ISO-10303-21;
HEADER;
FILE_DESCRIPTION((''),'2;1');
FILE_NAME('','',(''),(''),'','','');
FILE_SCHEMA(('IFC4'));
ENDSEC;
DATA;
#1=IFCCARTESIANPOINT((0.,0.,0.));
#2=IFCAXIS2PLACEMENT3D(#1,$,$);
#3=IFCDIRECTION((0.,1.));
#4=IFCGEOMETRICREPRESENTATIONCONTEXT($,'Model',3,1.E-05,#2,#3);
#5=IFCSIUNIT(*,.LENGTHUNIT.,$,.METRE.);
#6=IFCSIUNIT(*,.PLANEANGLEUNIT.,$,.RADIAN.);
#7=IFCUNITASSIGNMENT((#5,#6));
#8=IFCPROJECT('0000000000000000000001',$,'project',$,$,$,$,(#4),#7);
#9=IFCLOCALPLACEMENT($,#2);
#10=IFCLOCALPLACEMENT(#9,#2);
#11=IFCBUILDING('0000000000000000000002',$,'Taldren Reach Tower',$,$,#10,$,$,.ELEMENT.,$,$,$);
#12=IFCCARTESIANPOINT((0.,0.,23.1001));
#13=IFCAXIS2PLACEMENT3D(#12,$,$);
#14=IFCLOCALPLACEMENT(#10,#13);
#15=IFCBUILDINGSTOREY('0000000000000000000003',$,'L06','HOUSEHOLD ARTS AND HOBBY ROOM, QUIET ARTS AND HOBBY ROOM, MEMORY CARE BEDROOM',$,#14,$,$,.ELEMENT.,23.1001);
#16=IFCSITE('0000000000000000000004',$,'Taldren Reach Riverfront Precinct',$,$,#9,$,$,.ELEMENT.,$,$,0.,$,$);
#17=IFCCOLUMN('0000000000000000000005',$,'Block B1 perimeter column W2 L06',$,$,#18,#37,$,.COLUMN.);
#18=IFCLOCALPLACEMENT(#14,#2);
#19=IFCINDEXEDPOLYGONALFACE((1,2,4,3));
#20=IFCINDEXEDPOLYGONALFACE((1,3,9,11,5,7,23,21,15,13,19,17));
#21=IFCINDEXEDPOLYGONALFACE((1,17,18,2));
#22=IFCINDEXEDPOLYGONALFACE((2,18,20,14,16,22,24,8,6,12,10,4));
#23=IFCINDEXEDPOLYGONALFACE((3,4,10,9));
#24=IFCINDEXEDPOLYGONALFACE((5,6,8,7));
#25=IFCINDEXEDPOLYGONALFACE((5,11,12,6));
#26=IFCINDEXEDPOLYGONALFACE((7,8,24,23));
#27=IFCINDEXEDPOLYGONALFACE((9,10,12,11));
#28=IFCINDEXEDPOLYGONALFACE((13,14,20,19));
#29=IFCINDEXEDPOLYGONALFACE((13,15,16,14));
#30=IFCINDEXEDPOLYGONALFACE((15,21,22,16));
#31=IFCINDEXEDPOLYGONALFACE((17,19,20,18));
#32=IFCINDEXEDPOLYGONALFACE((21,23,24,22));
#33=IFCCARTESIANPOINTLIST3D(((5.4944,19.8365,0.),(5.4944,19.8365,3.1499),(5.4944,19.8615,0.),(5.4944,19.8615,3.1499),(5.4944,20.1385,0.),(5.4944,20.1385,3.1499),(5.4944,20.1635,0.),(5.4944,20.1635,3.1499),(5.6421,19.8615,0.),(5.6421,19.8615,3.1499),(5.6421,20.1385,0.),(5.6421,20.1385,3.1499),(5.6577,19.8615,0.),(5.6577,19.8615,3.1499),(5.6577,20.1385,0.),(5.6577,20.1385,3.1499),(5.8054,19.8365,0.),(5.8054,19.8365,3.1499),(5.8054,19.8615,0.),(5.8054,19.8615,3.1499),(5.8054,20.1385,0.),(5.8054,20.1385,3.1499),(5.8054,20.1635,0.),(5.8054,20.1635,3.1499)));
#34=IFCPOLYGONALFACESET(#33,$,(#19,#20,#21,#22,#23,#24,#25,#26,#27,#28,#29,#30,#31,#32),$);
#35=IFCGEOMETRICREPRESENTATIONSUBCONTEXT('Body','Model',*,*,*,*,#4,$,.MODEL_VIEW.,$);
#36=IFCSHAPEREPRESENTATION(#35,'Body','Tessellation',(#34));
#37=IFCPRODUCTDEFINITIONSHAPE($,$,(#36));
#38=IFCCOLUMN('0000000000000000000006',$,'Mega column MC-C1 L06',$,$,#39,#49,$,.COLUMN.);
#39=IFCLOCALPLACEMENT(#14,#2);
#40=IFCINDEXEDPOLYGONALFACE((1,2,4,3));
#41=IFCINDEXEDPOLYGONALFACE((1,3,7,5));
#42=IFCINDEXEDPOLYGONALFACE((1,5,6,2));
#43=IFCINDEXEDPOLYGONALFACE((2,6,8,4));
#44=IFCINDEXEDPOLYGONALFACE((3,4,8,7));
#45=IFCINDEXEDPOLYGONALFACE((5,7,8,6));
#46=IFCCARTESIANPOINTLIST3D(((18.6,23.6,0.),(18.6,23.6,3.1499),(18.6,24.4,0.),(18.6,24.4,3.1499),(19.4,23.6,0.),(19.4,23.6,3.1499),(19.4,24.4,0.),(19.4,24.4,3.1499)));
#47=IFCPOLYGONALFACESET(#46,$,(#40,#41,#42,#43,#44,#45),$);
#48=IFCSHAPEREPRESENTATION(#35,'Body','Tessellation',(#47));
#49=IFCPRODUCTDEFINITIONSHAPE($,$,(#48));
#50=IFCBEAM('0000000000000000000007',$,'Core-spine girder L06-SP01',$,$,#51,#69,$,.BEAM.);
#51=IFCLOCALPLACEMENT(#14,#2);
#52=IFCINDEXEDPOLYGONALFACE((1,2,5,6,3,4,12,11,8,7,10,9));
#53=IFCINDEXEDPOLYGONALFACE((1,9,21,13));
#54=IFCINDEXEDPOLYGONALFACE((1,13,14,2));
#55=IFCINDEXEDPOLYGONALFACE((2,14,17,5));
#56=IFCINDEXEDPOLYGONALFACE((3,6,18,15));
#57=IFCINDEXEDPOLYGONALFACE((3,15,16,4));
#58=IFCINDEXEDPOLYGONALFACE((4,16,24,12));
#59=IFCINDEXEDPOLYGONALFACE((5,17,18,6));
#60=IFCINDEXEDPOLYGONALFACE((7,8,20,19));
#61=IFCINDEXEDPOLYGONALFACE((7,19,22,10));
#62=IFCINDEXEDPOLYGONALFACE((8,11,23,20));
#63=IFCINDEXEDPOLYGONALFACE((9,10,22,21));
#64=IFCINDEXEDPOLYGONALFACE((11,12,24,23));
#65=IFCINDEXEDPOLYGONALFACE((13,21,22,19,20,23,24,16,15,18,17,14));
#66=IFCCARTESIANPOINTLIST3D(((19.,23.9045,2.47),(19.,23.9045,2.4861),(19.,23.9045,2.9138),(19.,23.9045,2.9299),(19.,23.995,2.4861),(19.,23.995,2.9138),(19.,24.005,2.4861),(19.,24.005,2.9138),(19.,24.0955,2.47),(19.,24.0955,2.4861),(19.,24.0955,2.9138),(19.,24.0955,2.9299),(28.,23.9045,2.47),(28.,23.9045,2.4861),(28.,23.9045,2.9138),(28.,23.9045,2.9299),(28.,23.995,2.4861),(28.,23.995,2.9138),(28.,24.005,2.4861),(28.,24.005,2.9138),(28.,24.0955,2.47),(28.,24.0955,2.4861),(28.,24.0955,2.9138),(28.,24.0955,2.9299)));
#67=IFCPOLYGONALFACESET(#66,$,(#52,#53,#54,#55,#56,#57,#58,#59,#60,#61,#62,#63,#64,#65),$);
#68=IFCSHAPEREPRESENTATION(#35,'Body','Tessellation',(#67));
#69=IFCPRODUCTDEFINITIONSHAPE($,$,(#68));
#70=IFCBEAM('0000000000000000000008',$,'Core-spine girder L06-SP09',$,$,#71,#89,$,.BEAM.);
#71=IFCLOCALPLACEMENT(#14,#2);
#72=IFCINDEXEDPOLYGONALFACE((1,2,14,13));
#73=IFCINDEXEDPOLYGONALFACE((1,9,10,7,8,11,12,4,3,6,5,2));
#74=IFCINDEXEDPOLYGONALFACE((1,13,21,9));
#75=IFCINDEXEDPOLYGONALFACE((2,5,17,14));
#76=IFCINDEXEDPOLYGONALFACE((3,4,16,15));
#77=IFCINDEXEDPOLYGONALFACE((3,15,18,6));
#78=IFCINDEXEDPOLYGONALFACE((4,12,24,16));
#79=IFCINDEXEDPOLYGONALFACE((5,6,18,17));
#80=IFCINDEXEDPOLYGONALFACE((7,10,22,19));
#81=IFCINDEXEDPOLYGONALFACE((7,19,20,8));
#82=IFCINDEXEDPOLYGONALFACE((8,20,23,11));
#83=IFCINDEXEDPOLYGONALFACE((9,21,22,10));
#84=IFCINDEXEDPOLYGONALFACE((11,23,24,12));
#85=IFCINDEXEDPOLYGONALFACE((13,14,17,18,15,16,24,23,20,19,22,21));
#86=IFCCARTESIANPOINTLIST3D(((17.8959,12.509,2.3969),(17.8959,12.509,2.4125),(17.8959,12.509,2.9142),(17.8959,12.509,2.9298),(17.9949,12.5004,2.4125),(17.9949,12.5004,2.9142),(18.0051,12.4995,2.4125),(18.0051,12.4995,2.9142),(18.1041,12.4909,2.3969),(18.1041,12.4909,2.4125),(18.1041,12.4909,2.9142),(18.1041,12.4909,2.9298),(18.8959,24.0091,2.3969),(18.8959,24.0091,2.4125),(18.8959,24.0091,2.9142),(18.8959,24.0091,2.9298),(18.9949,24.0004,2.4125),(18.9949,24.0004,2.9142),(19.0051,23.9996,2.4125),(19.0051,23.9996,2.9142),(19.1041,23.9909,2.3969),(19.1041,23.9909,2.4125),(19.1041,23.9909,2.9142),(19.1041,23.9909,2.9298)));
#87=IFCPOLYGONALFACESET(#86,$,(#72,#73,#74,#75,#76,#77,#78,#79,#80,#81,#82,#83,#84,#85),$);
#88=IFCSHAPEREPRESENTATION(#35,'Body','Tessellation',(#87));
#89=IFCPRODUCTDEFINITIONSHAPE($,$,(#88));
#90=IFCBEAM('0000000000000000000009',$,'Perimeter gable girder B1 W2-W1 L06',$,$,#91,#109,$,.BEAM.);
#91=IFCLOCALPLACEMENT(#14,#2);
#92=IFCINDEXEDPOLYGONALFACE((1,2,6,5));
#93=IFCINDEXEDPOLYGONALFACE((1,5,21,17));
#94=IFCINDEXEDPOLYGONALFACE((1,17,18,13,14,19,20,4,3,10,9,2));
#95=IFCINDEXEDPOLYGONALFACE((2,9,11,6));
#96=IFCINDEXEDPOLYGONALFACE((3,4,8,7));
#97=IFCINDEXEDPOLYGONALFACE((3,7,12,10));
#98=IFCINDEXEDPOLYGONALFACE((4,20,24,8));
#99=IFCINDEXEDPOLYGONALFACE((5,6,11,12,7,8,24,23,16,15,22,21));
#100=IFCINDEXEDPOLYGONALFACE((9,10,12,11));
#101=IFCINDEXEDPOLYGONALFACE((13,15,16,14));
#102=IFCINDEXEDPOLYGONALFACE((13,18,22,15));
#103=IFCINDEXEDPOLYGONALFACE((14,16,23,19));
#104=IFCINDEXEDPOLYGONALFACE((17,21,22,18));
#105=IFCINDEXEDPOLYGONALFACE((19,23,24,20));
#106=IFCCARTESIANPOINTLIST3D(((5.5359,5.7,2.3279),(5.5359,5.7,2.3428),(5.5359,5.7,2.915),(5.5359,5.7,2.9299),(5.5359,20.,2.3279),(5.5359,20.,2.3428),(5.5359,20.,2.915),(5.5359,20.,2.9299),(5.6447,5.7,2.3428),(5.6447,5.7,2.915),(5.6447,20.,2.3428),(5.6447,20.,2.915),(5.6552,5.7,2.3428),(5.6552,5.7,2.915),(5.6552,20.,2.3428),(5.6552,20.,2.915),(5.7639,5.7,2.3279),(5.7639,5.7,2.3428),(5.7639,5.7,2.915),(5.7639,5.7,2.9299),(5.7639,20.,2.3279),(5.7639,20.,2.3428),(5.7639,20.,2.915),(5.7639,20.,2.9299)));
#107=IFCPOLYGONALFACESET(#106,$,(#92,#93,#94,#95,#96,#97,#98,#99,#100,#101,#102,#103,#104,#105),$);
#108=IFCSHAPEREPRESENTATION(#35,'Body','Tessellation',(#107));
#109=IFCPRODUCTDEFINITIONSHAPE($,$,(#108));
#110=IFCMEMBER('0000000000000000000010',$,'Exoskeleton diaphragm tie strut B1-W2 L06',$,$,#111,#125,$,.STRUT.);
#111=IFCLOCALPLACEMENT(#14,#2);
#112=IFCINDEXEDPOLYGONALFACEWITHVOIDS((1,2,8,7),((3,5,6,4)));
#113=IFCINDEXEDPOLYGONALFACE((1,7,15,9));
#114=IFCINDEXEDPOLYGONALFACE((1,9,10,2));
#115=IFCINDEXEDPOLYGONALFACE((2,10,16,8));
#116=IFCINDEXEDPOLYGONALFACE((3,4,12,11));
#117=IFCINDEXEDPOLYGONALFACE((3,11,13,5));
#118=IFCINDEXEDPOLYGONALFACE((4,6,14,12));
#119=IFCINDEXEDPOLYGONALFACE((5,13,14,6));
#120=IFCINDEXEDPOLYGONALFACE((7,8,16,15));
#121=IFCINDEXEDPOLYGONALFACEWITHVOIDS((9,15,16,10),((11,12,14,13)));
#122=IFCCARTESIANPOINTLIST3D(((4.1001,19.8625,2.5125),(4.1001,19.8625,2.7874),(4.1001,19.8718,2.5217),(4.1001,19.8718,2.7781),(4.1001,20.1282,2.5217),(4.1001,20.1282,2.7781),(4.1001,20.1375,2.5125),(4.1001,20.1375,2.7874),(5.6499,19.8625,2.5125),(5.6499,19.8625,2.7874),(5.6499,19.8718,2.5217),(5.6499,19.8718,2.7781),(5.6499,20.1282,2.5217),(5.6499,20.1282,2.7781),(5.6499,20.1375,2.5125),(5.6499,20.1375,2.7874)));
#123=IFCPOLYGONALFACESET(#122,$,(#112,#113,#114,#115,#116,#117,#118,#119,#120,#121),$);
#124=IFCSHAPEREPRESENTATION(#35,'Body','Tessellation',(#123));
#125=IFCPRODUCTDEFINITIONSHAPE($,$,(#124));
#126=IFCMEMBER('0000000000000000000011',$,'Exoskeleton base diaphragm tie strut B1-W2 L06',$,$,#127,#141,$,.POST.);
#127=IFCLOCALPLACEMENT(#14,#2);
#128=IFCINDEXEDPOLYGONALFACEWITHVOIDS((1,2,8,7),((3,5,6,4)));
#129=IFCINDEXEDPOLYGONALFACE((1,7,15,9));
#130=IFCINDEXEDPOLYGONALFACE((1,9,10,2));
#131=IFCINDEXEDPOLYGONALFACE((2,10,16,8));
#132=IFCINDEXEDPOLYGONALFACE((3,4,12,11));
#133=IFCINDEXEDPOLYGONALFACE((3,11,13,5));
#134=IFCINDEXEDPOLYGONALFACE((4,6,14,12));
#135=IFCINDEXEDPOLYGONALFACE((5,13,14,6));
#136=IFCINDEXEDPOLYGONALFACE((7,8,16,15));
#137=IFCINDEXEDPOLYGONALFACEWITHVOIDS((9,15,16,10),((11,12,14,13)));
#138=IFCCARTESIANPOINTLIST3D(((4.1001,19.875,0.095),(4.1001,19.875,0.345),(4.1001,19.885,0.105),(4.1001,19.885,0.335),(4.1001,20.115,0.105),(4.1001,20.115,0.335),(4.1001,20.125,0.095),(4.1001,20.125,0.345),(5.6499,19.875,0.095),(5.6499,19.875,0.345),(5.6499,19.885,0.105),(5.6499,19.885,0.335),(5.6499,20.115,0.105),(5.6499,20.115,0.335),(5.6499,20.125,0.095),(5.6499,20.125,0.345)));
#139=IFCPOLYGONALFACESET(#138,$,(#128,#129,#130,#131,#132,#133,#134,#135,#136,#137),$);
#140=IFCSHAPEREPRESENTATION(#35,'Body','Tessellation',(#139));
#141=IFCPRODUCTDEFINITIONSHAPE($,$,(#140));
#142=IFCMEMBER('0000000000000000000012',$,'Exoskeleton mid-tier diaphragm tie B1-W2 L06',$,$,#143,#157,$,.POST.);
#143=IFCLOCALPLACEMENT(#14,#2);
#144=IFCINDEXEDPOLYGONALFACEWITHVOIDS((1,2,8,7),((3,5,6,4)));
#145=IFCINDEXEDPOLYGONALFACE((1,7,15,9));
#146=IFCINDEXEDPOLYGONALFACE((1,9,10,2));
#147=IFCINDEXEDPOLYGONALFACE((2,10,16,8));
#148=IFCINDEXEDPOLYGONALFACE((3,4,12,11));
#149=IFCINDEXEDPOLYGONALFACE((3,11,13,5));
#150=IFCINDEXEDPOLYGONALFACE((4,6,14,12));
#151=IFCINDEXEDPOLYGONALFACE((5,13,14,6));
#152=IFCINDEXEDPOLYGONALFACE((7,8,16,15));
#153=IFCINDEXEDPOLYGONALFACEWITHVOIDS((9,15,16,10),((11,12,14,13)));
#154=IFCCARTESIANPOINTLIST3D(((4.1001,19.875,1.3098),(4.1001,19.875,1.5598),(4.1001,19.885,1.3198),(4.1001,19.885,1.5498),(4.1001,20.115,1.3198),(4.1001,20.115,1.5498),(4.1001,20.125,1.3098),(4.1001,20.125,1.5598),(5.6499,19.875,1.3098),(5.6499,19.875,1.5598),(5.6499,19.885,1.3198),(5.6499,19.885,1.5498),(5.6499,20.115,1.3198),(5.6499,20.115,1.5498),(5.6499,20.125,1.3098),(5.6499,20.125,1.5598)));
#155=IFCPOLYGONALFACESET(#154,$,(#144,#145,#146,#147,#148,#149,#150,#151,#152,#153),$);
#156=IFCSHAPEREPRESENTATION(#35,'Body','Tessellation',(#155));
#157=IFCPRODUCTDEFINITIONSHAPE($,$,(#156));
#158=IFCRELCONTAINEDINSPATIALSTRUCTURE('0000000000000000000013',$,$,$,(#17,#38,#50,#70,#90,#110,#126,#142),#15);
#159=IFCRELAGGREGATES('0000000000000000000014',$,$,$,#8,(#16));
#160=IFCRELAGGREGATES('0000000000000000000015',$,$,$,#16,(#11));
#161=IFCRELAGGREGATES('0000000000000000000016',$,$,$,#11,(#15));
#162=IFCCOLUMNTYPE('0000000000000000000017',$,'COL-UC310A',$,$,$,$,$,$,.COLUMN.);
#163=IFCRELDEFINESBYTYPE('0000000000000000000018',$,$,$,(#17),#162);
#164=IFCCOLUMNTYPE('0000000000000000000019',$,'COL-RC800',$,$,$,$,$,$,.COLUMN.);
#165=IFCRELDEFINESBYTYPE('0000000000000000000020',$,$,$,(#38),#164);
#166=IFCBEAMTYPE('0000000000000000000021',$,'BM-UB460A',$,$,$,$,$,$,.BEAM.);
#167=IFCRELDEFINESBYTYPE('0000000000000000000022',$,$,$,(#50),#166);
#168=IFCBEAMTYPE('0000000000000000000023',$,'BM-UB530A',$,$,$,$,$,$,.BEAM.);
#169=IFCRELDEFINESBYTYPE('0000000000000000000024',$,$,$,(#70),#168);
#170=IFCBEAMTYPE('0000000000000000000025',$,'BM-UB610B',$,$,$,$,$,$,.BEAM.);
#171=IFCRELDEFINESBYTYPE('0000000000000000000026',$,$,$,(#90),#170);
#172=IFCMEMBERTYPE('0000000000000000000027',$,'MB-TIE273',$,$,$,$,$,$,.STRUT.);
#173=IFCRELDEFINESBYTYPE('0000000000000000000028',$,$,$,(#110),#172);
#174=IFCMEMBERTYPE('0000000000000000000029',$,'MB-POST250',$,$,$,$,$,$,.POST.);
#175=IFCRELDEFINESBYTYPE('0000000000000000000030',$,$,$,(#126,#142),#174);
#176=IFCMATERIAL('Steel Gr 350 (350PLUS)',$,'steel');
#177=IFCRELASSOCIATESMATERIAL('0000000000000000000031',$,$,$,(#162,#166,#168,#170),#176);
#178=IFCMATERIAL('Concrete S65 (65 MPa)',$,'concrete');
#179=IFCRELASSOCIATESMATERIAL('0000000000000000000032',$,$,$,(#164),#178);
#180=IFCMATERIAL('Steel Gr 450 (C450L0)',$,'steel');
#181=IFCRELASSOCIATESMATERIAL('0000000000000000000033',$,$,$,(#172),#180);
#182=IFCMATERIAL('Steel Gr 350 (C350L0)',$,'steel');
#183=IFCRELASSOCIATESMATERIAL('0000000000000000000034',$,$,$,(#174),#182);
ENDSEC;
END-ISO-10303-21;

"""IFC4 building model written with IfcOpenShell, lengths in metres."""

from ifc_helpers import new_model, si_unit, direction, frame, origin, origin_2d, place, context, subcontext, project, spatial, rectangle, hollow_rectangle, i_section, extrude, source, transform, mapped, material, material_profile, profile_set, type_object, element, save


model = new_model("IFC4")

# Units and contexts
model_context = context("Model", 3, precision=1e-05, world=origin(), true_north=direction((0.0, 1.0)))
body_context = subcontext(model_context, "Body", "Model", "MODEL_VIEW")
ifc_project = project(units=[si_unit("LENGTHUNIT", "METRE"), si_unit("PLANEANGLEUNIT", "RADIAN")], contexts=[model_context])

# Site, building, storey
site_placement = place(None, origin())
site = spatial("IfcSite", under=ifc_project, at=site_placement, Name="Taldren Reach Riverfront Precinct", CompositionType="ELEMENT", RefElevation=0.0)
building_placement = place(site_placement, origin())
building = spatial("IfcBuilding", under=site, at=building_placement, Name="Taldren Reach Tower", CompositionType="ELEMENT")
storey_placement = place(building_placement, frame((0.0, 0.0, 23.1001)))
storey = spatial("IfcBuildingStorey", under=building, at=storey_placement, Name="L06", Description="HOUSEHOLD ARTS AND HOBBY ROOM, QUIET ARTS AND HOBBY ROOM, MEMORY CARE BEDROOM", CompositionType="ELEMENT", Elevation=23.1001)

# Columns
ifc_material_1 = material(Name="Steel Gr 350 (350PLUS)", Category="steel")
ifc_material_profile_1 = material_profile(ifc_material_1, i_section(OverallWidth=0.311, OverallDepth=0.3269, WebThickness=0.0156, FlangeThickness=0.0249, at=origin_2d()), Name="310UC158")
ifc_profile_set_1 = profile_set([ifc_material_profile_1], Name="Steel Gr 350 (350PLUS)")
column_type_1 = type_object("IfcColumnType", Name="COL-UC310A", PredefinedType="COLUMN", material=ifc_profile_set_1)
shared_shape_1 = source(origin(), body_context, "Body", "SweptSolid", [
    extrude(i_section(OverallWidth=0.311, OverallDepth=0.3269, WebThickness=0.0156, FlangeThickness=0.0249, at=origin_2d()), origin(), (0.0, 0.0, 1.0), 3.1499),
])
column_1_placement = place(storey_placement, frame((5.6499, 20.0, 0.0), z_axis=(0.0, 0.0, 1.0), x_axis=(1.0, 0.0, 0.0)))
element("IfcColumn", 1, at=column_1_placement, inside=storey, type_object=column_type_1, Name="Block B1 perimeter column W2 L06", PredefinedType="COLUMN", context=body_context, shape_type="MappedRepresentation", body=[
    mapped(shared_shape_1, transform((0.0, 0.0, 0.0), scale=1.0)),
])
ifc_material_2 = material(Name="Concrete S65 (65 MPa)", Category="concrete")
ifc_material_profile_2 = material_profile(ifc_material_2, rectangle(XDim=0.8, YDim=0.8, at=origin_2d()), Name="RC-800x800")
ifc_profile_set_2 = profile_set([ifc_material_profile_2], Name="Concrete S65 (65 MPa)")
column_type_2 = type_object("IfcColumnType", Name="COL-RC800", PredefinedType="COLUMN", material=ifc_profile_set_2)
shared_shape_2 = source(origin(), body_context, "Body", "SweptSolid", [
    extrude(rectangle(XDim=0.8, YDim=0.8, at=origin_2d()), origin(), (0.0, 0.0, 1.0), 3.1499),
])
column_2_placement = place(storey_placement, frame((19.0, 24.0, 0.0), z_axis=(0.0, 0.0, 1.0), x_axis=(1.0, 0.0, 0.0)))
element("IfcColumn", 2, at=column_2_placement, inside=storey, type_object=column_type_2, Name="Mega column MC-C1 L06", PredefinedType="COLUMN", context=body_context, shape_type="MappedRepresentation", body=[
    mapped(shared_shape_2, transform((0.0, 0.0, 0.0), scale=1.0)),
])

# Beams
ifc_material_profile_3 = material_profile(ifc_material_1, i_section(OverallWidth=0.1909, OverallDepth=0.46, WebThickness=0.01, FlangeThickness=0.0161, at=origin_2d()), Name="460UB82.1")
ifc_profile_set_3 = profile_set([ifc_material_profile_3], Name="Steel Gr 350 (350PLUS)")
beam_type_1 = type_object("IfcBeamType", Name="BM-UB460A", PredefinedType="BEAM", material=ifc_profile_set_3)
shared_shape_3 = source(origin(), body_context, "Body", "SweptSolid", [
    extrude(i_section(OverallWidth=0.1909, OverallDepth=0.46, WebThickness=0.01, FlangeThickness=0.0161, at=origin_2d()), origin(), (0.0, 0.0, 1.0), 9.0),
])
beam_1_placement = place(storey_placement, frame((19.0, 24.0, 2.7), z_axis=(1.0, 0.0, 0.0), x_axis=(0.0, 1.0, 0.0)))
element("IfcBeam", 3, at=beam_1_placement, inside=storey, type_object=beam_type_1, Name="Core-spine girder L06-SP01", PredefinedType="BEAM", context=body_context, shape_type="MappedRepresentation", body=[
    mapped(shared_shape_3, transform((0.0, 0.0, 0.0), scale=1.0)),
])
ifc_material_profile_4 = material_profile(ifc_material_1, i_section(OverallWidth=0.209, OverallDepth=0.533, WebThickness=0.0103, FlangeThickness=0.0156, at=origin_2d()), Name="530UB92.4")
ifc_profile_set_4 = profile_set([ifc_material_profile_4], Name="Steel Gr 350 (350PLUS)")
beam_type_2 = type_object("IfcBeamType", Name="BM-UB530A", PredefinedType="BEAM", material=ifc_profile_set_4)
shared_shape_4 = source(origin(), body_context, "Body", "SweptSolid", [
    extrude(i_section(OverallWidth=0.209, OverallDepth=0.533, WebThickness=0.0103, FlangeThickness=0.0156, at=origin_2d()), origin(), (0.0, 0.0, 1.0), 11.5435),
])
beam_2_placement = place(storey_placement, frame((19.0, 24.0, 2.6633), z_axis=(-0.08663, -0.996241, 0.0), x_axis=(0.996241, -0.08663, 0.0)))
element("IfcBeam", 4, at=beam_2_placement, inside=storey, type_object=beam_type_2, Name="Core-spine girder L06-SP09", PredefinedType="BEAM", context=body_context, shape_type="MappedRepresentation", body=[
    mapped(shared_shape_4, transform((0.0, 0.0, 0.0), scale=1.0)),
])
ifc_material_profile_5 = material_profile(ifc_material_1, i_section(OverallWidth=0.228, OverallDepth=0.6021, WebThickness=0.0105, FlangeThickness=0.0149, at=origin_2d()), Name="610UB101")
ifc_profile_set_5 = profile_set([ifc_material_profile_5], Name="Steel Gr 350 (350PLUS)")
beam_type_3 = type_object("IfcBeamType", Name="BM-UB610B", PredefinedType="BEAM", material=ifc_profile_set_5)
shared_shape_5 = source(origin(), body_context, "Body", "SweptSolid", [
    extrude(i_section(OverallWidth=0.228, OverallDepth=0.6021, WebThickness=0.0105, FlangeThickness=0.0149, at=origin_2d()), origin(), (0.0, 0.0, 1.0), 14.3),
])
beam_3_placement = place(storey_placement, frame((5.6499, 20.0, 2.6289), z_axis=(0.0, -1.0, 0.0), x_axis=(1.0, 0.0, 0.0)))
element("IfcBeam", 5, at=beam_3_placement, inside=storey, type_object=beam_type_3, Name="Perimeter gable girder B1 W2-W1 L06", PredefinedType="BEAM", context=body_context, shape_type="MappedRepresentation", body=[
    mapped(shared_shape_5, transform((0.0, 0.0, 0.0), scale=1.0)),
])

# Members
ifc_material_3 = material(Name="Steel Gr 450 (C450L0)", Category="steel")
ifc_material_profile_6 = material_profile(ifc_material_3, hollow_rectangle(XDim=0.2749, YDim=0.2749, WallThickness=0.0093, at=origin_2d()), Name="275x275x9.3SHS")
ifc_profile_set_6 = profile_set([ifc_material_profile_6], Name="Steel Gr 450 (C450L0)")
member_type_1 = type_object("IfcMemberType", Name="MB-TIE273", PredefinedType="STRUT", material=ifc_profile_set_6)
shared_shape_6 = source(origin(), body_context, "Body", "SweptSolid", [
    extrude(hollow_rectangle(XDim=0.2749, YDim=0.2749, WallThickness=0.0093, at=origin_2d()), origin(), (0.0, 0.0, 1.0), 1.5498),
])
member_1_placement = place(storey_placement, frame((5.6499, 20.0, 2.6499), z_axis=(-1.0, 0.0, 0.0), x_axis=(0.0, -1.0, 0.0)))
element("IfcMember", 6, at=member_1_placement, inside=storey, type_object=member_type_1, Name="Exoskeleton diaphragm tie strut B1-W2 L06", PredefinedType="STRUT", context=body_context, shape_type="MappedRepresentation", body=[
    mapped(shared_shape_6, transform((0.0, 0.0, 0.0), scale=1.0)),
])
ifc_material_4 = material(Name="Steel Gr 350 (C350L0)", Category="steel")
ifc_material_profile_7 = material_profile(ifc_material_4, hollow_rectangle(XDim=0.25, YDim=0.25, WallThickness=0.01, at=origin_2d()), Name="250x250x10.0SHS")
ifc_profile_set_7 = profile_set([ifc_material_profile_7], Name="Steel Gr 350 (C350L0)")
member_type_2 = type_object("IfcMemberType", Name="MB-POST250", PredefinedType="POST", material=ifc_profile_set_7)
shared_shape_7 = source(origin(), body_context, "Body", "SweptSolid", [
    extrude(hollow_rectangle(XDim=0.25, YDim=0.25, WallThickness=0.01, at=origin_2d()), origin(), (0.0, 0.0, 1.0), 1.5498),
])
for number, where, z_axis, x_axis, name in (
    (7, (5.6499, 20.0, 0.22), (-1.0, 0.0, 0.0), (0.0, -1.0, 0.0), "Exoskeleton base diaphragm tie strut B1-W2 L06"),
    (8, (5.6499, 20.0, 1.4348), (-1.0, 0.0, 0.0), (0.0, -1.0, 0.0), "Exoskeleton mid-tier diaphragm tie B1-W2 L06"),
):
    element("IfcMember", number, at=place(storey_placement, frame(where, z_axis=z_axis, x_axis=x_axis)), inside=storey, type_object=member_type_2, Name=name, PredefinedType="POST", context=body_context, shape_type="MappedRepresentation", body=[
        mapped(shared_shape_7, transform((0.0, 0.0, 0.0), scale=1.0)),
    ])

save(model, "model.ifc")
